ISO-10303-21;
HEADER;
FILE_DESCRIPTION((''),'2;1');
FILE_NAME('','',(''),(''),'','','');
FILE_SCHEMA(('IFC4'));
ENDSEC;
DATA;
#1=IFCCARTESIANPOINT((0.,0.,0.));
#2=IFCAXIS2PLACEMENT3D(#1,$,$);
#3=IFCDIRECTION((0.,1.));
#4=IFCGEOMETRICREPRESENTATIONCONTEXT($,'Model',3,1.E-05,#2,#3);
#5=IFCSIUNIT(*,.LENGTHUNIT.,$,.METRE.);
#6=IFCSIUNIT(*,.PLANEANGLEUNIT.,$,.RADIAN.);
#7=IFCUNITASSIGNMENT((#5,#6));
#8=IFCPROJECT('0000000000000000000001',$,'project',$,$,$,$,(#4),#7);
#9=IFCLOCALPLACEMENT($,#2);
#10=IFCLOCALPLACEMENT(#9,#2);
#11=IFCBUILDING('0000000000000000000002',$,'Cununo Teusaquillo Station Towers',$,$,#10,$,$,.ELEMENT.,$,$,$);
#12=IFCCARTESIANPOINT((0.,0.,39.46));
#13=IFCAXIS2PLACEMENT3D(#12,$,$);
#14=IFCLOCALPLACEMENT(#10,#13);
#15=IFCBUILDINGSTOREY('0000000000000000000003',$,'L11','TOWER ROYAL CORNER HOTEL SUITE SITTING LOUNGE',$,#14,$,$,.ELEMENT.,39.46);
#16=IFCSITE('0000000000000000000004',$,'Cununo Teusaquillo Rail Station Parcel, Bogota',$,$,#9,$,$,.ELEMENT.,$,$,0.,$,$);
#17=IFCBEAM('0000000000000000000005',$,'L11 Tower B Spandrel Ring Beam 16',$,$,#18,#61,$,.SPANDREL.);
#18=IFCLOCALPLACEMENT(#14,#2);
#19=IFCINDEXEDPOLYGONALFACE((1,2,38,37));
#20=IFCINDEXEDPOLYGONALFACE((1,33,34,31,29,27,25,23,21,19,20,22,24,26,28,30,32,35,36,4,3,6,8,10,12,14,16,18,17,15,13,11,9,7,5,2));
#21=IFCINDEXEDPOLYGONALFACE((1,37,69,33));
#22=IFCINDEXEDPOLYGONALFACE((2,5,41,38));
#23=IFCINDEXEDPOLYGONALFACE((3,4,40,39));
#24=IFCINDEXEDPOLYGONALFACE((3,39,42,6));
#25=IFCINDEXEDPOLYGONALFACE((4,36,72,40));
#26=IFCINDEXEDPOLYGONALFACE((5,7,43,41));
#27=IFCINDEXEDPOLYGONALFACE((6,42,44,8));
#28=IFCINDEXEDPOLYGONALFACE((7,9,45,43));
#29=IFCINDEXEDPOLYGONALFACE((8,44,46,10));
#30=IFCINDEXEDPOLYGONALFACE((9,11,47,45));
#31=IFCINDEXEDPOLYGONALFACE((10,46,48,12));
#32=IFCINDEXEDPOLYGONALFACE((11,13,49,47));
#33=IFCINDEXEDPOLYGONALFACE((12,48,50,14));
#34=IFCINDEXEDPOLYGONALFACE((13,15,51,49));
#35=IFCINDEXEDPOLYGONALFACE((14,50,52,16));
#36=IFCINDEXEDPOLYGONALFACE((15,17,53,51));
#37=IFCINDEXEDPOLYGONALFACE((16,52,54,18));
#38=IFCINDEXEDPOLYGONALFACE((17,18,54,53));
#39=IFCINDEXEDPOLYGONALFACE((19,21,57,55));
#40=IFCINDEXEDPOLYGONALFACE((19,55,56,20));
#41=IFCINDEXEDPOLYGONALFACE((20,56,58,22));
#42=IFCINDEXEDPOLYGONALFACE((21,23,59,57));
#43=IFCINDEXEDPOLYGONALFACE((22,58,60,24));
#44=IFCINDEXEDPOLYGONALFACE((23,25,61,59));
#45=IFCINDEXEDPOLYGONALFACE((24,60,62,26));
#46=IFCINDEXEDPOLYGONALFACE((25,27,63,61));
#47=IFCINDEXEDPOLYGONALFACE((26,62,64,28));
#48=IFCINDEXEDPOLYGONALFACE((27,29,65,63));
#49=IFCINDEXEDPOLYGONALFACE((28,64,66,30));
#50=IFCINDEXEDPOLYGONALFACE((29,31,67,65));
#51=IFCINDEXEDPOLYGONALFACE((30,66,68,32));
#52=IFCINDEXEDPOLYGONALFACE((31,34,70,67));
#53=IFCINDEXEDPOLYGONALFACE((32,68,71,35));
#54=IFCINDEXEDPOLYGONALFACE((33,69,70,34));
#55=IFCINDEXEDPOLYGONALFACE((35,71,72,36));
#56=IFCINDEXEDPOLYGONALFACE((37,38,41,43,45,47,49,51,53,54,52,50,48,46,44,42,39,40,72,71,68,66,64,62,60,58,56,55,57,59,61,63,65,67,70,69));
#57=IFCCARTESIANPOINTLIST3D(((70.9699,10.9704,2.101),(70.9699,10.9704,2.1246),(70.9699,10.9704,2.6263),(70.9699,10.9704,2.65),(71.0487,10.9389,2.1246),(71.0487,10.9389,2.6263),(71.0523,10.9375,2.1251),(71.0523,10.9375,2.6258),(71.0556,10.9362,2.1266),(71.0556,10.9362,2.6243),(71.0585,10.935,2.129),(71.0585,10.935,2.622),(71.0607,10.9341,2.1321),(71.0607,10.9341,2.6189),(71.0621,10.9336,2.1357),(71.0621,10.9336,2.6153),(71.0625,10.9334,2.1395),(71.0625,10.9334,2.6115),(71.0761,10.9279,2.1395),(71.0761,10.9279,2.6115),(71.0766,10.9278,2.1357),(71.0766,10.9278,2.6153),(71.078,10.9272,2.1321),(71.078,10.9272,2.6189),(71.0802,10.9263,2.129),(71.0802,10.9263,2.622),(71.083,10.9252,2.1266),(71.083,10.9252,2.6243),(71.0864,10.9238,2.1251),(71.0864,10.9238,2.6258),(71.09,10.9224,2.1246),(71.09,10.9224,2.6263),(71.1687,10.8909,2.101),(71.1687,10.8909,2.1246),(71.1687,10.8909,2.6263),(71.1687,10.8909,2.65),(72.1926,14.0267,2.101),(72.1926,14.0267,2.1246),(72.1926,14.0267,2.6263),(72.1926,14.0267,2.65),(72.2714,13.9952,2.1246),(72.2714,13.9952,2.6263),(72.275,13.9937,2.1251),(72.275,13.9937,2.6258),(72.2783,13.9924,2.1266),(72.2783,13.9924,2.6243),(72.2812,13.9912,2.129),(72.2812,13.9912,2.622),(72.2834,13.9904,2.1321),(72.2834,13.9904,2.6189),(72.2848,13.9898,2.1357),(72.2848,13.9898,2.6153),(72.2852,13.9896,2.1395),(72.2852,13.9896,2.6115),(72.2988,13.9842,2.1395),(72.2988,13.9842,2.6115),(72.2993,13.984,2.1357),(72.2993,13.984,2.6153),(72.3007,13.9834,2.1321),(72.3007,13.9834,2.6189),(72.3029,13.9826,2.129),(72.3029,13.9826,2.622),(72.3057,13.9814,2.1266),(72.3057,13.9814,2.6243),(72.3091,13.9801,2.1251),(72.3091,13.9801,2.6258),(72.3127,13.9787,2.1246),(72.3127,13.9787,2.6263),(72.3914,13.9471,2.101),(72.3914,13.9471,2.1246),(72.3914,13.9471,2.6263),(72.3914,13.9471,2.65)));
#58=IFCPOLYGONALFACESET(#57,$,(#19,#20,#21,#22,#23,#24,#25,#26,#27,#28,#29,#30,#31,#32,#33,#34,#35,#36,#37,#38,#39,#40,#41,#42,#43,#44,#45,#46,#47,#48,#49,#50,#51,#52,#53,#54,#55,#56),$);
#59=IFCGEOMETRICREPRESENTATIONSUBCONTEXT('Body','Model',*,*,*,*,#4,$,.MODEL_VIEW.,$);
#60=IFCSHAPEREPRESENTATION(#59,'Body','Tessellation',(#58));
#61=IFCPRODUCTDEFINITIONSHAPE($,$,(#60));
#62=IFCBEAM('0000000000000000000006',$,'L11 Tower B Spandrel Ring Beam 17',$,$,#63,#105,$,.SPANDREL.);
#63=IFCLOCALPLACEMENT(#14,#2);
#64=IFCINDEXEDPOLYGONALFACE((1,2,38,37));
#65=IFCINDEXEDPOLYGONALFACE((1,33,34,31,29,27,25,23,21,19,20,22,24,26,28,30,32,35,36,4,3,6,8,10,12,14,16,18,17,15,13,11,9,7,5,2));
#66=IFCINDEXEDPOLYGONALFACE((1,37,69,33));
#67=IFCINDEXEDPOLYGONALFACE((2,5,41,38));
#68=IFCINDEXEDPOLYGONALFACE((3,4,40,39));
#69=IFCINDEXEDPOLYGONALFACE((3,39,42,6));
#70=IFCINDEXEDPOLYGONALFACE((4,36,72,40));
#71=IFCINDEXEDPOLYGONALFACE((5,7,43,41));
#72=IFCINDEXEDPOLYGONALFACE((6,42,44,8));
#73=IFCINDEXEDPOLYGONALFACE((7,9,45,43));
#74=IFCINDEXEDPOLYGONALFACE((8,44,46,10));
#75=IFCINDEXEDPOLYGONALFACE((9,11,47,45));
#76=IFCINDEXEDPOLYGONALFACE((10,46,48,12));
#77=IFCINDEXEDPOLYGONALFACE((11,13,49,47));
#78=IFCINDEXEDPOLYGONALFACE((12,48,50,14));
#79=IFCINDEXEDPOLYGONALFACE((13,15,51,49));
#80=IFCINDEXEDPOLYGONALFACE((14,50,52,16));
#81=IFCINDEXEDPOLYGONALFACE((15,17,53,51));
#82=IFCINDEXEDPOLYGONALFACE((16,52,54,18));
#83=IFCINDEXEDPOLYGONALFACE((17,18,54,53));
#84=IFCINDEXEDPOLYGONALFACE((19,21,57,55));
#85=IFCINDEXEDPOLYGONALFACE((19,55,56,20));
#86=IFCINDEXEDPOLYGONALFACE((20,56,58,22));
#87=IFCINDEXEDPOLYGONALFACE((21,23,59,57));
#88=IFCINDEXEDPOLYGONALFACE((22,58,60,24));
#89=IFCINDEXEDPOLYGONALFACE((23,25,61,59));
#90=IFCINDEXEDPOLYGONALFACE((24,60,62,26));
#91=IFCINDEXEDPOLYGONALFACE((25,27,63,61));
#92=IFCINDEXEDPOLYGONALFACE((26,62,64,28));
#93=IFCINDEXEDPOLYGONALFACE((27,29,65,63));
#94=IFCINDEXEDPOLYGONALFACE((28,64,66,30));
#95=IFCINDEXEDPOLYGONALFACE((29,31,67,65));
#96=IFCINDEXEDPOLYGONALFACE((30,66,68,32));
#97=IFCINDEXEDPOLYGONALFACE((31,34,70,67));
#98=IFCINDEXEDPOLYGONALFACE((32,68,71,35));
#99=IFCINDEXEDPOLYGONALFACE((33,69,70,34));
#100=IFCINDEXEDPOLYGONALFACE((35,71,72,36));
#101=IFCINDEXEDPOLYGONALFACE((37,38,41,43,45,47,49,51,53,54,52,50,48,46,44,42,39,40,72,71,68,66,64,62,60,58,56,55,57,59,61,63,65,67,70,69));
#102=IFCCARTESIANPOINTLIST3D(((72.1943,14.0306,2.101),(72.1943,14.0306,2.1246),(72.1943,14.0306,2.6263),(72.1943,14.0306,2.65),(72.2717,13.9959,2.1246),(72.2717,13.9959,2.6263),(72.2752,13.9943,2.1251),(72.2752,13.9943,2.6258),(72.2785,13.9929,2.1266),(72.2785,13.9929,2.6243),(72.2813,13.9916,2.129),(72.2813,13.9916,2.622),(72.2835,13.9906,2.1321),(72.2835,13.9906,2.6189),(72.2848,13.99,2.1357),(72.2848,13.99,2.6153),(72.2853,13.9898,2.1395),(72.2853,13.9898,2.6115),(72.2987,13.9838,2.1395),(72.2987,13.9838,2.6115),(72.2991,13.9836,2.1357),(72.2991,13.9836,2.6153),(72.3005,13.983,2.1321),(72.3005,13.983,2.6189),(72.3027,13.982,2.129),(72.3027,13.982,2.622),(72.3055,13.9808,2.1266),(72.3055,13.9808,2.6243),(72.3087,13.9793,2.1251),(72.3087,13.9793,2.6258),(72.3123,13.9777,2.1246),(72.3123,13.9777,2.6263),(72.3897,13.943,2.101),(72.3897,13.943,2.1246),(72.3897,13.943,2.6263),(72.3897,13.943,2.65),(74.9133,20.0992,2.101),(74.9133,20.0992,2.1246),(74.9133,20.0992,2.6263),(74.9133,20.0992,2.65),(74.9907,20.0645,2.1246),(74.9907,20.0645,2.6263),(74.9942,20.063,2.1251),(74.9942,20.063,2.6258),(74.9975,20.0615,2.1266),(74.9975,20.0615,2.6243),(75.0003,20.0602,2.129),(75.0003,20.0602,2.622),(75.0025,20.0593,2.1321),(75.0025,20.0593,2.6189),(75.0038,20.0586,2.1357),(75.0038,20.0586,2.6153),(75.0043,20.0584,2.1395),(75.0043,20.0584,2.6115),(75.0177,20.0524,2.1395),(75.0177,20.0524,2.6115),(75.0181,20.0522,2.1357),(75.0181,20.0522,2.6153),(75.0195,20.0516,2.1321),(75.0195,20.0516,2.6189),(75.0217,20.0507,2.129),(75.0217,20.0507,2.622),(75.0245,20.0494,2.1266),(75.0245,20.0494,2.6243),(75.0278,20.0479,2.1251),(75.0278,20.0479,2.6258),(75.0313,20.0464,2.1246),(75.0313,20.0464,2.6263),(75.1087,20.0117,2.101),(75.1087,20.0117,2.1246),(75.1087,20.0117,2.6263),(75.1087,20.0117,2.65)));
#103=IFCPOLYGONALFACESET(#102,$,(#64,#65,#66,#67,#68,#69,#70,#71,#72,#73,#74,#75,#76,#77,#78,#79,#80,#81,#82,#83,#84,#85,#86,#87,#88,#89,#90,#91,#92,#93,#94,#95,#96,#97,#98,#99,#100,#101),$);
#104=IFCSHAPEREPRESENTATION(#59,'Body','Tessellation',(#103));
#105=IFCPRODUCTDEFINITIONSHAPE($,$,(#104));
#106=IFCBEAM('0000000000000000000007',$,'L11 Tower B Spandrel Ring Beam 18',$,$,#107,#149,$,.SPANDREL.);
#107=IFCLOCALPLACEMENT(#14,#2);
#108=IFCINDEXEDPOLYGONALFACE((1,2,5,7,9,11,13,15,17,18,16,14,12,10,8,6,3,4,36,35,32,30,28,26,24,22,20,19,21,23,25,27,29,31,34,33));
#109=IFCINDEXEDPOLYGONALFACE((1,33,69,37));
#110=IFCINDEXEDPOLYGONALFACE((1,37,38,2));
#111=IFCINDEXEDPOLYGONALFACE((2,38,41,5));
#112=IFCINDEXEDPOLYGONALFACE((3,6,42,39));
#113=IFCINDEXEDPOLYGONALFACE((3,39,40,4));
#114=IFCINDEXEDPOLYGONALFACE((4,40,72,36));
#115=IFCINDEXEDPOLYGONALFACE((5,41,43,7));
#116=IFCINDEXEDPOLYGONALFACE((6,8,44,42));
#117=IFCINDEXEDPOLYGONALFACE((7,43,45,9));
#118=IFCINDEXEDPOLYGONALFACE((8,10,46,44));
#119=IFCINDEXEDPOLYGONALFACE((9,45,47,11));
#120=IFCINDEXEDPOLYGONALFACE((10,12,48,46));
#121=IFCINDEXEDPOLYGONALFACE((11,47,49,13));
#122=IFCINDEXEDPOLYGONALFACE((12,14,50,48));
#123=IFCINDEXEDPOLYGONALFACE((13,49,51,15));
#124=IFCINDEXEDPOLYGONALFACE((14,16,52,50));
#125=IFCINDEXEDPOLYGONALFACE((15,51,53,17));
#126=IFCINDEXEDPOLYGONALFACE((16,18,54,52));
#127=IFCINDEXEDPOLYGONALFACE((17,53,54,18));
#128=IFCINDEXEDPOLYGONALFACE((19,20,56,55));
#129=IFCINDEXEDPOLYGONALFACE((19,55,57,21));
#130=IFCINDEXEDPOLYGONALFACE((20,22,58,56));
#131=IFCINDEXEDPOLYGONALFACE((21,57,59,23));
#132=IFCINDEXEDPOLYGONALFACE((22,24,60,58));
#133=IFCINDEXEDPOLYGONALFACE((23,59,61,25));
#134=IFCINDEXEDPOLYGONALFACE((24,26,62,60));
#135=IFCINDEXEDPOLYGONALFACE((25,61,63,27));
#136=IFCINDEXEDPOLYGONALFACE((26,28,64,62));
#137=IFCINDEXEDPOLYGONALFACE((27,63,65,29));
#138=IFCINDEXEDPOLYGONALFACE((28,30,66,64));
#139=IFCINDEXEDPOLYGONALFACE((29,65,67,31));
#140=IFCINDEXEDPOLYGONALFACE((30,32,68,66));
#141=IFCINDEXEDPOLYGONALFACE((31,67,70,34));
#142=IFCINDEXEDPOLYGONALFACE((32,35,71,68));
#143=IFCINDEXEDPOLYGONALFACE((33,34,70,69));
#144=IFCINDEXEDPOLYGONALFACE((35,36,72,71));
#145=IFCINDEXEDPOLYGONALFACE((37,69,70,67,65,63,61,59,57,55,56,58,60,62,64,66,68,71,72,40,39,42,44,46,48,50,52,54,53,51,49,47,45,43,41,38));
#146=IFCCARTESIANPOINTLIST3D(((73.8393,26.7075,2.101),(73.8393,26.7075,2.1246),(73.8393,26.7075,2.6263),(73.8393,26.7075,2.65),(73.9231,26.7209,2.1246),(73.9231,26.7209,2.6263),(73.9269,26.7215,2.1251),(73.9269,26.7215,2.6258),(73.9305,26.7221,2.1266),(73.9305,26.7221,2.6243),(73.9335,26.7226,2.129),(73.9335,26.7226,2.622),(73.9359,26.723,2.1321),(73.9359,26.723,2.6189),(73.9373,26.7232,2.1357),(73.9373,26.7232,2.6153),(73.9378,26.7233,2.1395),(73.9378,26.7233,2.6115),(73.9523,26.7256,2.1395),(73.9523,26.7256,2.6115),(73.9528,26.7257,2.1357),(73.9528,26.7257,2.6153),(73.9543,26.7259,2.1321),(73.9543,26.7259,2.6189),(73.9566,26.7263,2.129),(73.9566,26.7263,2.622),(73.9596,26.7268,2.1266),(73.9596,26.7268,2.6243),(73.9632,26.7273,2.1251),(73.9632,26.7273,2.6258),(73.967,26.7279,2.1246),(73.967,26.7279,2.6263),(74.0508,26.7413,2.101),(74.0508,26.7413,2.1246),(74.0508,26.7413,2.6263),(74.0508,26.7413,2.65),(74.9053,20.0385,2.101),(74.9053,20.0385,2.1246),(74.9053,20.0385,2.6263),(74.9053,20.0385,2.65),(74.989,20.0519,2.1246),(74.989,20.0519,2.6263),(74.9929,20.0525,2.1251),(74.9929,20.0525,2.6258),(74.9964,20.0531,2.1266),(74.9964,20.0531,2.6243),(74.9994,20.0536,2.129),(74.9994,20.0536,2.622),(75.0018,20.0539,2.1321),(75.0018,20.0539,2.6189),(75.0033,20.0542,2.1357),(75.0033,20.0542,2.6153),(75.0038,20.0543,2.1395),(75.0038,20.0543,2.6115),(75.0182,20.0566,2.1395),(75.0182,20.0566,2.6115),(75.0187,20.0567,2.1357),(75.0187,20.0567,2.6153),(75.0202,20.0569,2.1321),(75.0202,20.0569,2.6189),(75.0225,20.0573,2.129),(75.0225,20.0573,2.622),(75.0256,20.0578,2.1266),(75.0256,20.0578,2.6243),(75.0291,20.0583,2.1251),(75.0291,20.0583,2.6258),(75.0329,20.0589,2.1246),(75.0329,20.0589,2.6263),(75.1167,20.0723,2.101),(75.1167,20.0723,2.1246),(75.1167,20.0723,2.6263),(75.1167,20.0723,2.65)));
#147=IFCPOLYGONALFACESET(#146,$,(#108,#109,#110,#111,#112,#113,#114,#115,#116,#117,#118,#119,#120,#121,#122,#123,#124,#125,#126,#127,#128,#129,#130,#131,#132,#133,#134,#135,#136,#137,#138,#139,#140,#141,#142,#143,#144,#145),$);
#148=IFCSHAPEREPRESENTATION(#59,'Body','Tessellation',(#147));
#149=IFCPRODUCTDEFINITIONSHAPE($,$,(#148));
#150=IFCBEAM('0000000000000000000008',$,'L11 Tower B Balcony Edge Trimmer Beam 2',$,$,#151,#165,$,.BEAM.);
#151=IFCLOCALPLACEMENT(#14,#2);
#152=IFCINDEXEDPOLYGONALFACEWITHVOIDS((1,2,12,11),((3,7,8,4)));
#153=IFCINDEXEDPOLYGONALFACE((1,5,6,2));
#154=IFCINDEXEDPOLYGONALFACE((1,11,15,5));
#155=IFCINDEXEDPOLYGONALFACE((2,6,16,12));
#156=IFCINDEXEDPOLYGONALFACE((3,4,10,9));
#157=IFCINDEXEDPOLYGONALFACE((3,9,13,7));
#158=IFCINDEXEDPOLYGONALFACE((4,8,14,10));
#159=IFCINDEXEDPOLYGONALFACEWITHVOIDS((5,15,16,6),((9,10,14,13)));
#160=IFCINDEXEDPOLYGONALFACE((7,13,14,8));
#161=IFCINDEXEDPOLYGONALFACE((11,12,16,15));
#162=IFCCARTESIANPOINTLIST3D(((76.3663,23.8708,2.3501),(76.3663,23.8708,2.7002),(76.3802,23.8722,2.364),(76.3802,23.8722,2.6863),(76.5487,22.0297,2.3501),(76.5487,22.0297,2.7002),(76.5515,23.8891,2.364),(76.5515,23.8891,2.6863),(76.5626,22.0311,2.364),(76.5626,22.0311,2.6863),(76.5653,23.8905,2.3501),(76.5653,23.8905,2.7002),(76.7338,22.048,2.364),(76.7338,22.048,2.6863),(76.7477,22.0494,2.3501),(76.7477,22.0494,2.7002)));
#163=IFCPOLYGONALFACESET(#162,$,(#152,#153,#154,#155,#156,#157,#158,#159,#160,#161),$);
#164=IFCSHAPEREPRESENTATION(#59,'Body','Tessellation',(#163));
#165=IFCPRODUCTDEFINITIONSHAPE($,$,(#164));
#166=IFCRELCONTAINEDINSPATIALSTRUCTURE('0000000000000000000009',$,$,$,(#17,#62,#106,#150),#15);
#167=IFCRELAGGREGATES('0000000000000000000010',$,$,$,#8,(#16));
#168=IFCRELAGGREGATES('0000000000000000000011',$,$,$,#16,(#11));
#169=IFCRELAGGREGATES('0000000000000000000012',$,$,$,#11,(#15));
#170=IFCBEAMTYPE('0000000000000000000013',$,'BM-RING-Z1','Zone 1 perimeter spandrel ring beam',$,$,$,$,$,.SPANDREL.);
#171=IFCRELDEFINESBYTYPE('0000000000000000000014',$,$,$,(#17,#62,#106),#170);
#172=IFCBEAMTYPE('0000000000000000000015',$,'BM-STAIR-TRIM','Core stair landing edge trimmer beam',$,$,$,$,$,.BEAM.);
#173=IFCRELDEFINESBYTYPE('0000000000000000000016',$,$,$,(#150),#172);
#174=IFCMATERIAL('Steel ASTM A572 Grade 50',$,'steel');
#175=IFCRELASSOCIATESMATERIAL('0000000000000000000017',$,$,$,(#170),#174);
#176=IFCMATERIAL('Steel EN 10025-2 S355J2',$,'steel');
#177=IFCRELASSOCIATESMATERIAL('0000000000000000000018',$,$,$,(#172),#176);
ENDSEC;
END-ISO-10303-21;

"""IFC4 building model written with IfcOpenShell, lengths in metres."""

from ifc_helpers import new_model, si_unit, direction, frame, origin, origin_2d, place, context, subcontext, project, spatial, hollow_rectangle, i_section, extrude, material, material_profile, profile_set, type_object, element, save


model = new_model("IFC4")

# Units and contexts
model_context = context("Model", 3, precision=1e-05, world=origin(), true_north=direction((0.0, 1.0)))
body_context = subcontext(model_context, "Body", "Model", "MODEL_VIEW")
ifc_project = project(units=[si_unit("LENGTHUNIT", "METRE"), si_unit("PLANEANGLEUNIT", "RADIAN")], contexts=[model_context])

# Site, building, storey
site_placement = place(None, origin())
site = spatial("IfcSite", under=ifc_project, at=site_placement, Name="Cununo Teusaquillo Rail Station Parcel, Bogota", CompositionType="ELEMENT", RefElevation=0.0)
building_placement = place(site_placement, origin())
building = spatial("IfcBuilding", under=site, at=building_placement, Name="Cununo Teusaquillo Station Towers", CompositionType="ELEMENT")
storey_placement = place(building_placement, frame((0.0, 0.0, 39.46)))
storey = spatial("IfcBuildingStorey", under=building, at=storey_placement, Name="L11", Description="TOWER ROYAL CORNER HOTEL SUITE SITTING LOUNGE", CompositionType="ELEMENT", Elevation=39.46)

# Beams
ifc_material_1 = material(Name="Steel ASTM A572 Grade 50", Category="steel")
ifc_material_profile_1 = material_profile(ifc_material_1, i_section(OverallWidth=0.2141, OverallDepth=0.5491, WebThickness=0.0146, FlangeThickness=0.0237, FilletRadius=0.0149, at=origin_2d()), Name="W21X93")
ifc_profile_set_1 = profile_set([ifc_material_profile_1], Name="Steel ASTM A572 Grade 50")
beam_type_1 = type_object("IfcBeamType", Name="BM-RING-Z1", Description="Zone 1 perimeter spandrel ring beam", PredefinedType="SPANDREL", material=ifc_profile_set_1)
for number, where, z_axis, x_axis, name in (
    (1, (71.0693, 10.9307, 2.3755), (0.371442, 0.928456, 0.0), (-0.928456, 0.371442, 0.0), "L11 Tower B Spandrel Ring Beam 16"),
):
    element("IfcBeam", number, at=place(storey_placement, frame(where, z_axis=z_axis, x_axis=x_axis)), inside=storey, type_object=beam_type_1, Name=name, PredefinedType="SPANDREL", context=body_context, shape_type="SweptSolid", body=[
        extrude(i_section(OverallWidth=0.2141, OverallDepth=0.5491, WebThickness=0.0146, FlangeThickness=0.0237, FilletRadius=0.0149, at=origin_2d()), origin(), (0.0, 0.0, 1.0), 3.2917),
    ])
beam_1_placement = place(storey_placement, frame((72.292, 13.9868, 2.3755), z_axis=(0.408879, 0.912589, 0.0), x_axis=(-0.912589, 0.408879, 0.0)))
element("IfcBeam", 2, at=beam_1_placement, inside=storey, type_object=beam_type_1, Name="L11 Tower B Spandrel Ring Beam 17", PredefinedType="SPANDREL", context=body_context, shape_type="SweptSolid", body=[
    extrude(i_section(OverallWidth=0.2141, OverallDepth=0.5491, WebThickness=0.0146, FlangeThickness=0.0237, FilletRadius=0.0149, at=origin_2d()), origin(), (0.0, 0.0, 1.0), 6.6499),
])
beam_2_placement = place(storey_placement, frame((75.011, 20.0554, 2.3755), z_axis=(-0.15783, 0.987466, 0.0), x_axis=(-0.987466, -0.15783, 0.0)))
element("IfcBeam", 3, at=beam_2_placement, inside=storey, type_object=beam_type_1, Name="L11 Tower B Spandrel Ring Beam 18", PredefinedType="SPANDREL", context=body_context, shape_type="SweptSolid", body=[
    extrude(i_section(OverallWidth=0.2141, OverallDepth=0.5491, WebThickness=0.0146, FlangeThickness=0.0237, FilletRadius=0.0149, at=origin_2d()), origin(), (0.0, 0.0, 1.0), 6.7537),
])
ifc_material_2 = material(Name="Steel EN 10025-2 S355J2", Category="steel")
ifc_material_profile_2 = material_profile(ifc_material_2, hollow_rectangle(XDim=0.2, YDim=0.3501, WallThickness=0.0139, at=origin_2d()), Name="RHS 350x200x14")
ifc_profile_set_2 = profile_set([ifc_material_profile_2], Name="Steel EN 10025-2 S355J2")
beam_type_2 = type_object("IfcBeamType", Name="BM-STAIR-TRIM", Description="Core stair landing edge trimmer beam", PredefinedType="BEAM", material=ifc_profile_set_2)
beam_3_placement = place(storey_placement, frame((76.6482, 22.0396, 2.5251), z_axis=(-0.098576, 0.99513, 0.0), x_axis=(-0.99513, -0.098576, 0.0)))
element("IfcBeam", 4, at=beam_3_placement, inside=storey, type_object=beam_type_2, Name="L11 Tower B Balcony Edge Trimmer Beam 2", PredefinedType="BEAM", context=body_context, shape_type="SweptSolid", body=[
    extrude(hollow_rectangle(XDim=0.2, YDim=0.3501, WallThickness=0.0139, at=origin_2d()), origin(), (0.0, 0.0, 1.0), 1.8501),
])

save(model, "model.ifc")
